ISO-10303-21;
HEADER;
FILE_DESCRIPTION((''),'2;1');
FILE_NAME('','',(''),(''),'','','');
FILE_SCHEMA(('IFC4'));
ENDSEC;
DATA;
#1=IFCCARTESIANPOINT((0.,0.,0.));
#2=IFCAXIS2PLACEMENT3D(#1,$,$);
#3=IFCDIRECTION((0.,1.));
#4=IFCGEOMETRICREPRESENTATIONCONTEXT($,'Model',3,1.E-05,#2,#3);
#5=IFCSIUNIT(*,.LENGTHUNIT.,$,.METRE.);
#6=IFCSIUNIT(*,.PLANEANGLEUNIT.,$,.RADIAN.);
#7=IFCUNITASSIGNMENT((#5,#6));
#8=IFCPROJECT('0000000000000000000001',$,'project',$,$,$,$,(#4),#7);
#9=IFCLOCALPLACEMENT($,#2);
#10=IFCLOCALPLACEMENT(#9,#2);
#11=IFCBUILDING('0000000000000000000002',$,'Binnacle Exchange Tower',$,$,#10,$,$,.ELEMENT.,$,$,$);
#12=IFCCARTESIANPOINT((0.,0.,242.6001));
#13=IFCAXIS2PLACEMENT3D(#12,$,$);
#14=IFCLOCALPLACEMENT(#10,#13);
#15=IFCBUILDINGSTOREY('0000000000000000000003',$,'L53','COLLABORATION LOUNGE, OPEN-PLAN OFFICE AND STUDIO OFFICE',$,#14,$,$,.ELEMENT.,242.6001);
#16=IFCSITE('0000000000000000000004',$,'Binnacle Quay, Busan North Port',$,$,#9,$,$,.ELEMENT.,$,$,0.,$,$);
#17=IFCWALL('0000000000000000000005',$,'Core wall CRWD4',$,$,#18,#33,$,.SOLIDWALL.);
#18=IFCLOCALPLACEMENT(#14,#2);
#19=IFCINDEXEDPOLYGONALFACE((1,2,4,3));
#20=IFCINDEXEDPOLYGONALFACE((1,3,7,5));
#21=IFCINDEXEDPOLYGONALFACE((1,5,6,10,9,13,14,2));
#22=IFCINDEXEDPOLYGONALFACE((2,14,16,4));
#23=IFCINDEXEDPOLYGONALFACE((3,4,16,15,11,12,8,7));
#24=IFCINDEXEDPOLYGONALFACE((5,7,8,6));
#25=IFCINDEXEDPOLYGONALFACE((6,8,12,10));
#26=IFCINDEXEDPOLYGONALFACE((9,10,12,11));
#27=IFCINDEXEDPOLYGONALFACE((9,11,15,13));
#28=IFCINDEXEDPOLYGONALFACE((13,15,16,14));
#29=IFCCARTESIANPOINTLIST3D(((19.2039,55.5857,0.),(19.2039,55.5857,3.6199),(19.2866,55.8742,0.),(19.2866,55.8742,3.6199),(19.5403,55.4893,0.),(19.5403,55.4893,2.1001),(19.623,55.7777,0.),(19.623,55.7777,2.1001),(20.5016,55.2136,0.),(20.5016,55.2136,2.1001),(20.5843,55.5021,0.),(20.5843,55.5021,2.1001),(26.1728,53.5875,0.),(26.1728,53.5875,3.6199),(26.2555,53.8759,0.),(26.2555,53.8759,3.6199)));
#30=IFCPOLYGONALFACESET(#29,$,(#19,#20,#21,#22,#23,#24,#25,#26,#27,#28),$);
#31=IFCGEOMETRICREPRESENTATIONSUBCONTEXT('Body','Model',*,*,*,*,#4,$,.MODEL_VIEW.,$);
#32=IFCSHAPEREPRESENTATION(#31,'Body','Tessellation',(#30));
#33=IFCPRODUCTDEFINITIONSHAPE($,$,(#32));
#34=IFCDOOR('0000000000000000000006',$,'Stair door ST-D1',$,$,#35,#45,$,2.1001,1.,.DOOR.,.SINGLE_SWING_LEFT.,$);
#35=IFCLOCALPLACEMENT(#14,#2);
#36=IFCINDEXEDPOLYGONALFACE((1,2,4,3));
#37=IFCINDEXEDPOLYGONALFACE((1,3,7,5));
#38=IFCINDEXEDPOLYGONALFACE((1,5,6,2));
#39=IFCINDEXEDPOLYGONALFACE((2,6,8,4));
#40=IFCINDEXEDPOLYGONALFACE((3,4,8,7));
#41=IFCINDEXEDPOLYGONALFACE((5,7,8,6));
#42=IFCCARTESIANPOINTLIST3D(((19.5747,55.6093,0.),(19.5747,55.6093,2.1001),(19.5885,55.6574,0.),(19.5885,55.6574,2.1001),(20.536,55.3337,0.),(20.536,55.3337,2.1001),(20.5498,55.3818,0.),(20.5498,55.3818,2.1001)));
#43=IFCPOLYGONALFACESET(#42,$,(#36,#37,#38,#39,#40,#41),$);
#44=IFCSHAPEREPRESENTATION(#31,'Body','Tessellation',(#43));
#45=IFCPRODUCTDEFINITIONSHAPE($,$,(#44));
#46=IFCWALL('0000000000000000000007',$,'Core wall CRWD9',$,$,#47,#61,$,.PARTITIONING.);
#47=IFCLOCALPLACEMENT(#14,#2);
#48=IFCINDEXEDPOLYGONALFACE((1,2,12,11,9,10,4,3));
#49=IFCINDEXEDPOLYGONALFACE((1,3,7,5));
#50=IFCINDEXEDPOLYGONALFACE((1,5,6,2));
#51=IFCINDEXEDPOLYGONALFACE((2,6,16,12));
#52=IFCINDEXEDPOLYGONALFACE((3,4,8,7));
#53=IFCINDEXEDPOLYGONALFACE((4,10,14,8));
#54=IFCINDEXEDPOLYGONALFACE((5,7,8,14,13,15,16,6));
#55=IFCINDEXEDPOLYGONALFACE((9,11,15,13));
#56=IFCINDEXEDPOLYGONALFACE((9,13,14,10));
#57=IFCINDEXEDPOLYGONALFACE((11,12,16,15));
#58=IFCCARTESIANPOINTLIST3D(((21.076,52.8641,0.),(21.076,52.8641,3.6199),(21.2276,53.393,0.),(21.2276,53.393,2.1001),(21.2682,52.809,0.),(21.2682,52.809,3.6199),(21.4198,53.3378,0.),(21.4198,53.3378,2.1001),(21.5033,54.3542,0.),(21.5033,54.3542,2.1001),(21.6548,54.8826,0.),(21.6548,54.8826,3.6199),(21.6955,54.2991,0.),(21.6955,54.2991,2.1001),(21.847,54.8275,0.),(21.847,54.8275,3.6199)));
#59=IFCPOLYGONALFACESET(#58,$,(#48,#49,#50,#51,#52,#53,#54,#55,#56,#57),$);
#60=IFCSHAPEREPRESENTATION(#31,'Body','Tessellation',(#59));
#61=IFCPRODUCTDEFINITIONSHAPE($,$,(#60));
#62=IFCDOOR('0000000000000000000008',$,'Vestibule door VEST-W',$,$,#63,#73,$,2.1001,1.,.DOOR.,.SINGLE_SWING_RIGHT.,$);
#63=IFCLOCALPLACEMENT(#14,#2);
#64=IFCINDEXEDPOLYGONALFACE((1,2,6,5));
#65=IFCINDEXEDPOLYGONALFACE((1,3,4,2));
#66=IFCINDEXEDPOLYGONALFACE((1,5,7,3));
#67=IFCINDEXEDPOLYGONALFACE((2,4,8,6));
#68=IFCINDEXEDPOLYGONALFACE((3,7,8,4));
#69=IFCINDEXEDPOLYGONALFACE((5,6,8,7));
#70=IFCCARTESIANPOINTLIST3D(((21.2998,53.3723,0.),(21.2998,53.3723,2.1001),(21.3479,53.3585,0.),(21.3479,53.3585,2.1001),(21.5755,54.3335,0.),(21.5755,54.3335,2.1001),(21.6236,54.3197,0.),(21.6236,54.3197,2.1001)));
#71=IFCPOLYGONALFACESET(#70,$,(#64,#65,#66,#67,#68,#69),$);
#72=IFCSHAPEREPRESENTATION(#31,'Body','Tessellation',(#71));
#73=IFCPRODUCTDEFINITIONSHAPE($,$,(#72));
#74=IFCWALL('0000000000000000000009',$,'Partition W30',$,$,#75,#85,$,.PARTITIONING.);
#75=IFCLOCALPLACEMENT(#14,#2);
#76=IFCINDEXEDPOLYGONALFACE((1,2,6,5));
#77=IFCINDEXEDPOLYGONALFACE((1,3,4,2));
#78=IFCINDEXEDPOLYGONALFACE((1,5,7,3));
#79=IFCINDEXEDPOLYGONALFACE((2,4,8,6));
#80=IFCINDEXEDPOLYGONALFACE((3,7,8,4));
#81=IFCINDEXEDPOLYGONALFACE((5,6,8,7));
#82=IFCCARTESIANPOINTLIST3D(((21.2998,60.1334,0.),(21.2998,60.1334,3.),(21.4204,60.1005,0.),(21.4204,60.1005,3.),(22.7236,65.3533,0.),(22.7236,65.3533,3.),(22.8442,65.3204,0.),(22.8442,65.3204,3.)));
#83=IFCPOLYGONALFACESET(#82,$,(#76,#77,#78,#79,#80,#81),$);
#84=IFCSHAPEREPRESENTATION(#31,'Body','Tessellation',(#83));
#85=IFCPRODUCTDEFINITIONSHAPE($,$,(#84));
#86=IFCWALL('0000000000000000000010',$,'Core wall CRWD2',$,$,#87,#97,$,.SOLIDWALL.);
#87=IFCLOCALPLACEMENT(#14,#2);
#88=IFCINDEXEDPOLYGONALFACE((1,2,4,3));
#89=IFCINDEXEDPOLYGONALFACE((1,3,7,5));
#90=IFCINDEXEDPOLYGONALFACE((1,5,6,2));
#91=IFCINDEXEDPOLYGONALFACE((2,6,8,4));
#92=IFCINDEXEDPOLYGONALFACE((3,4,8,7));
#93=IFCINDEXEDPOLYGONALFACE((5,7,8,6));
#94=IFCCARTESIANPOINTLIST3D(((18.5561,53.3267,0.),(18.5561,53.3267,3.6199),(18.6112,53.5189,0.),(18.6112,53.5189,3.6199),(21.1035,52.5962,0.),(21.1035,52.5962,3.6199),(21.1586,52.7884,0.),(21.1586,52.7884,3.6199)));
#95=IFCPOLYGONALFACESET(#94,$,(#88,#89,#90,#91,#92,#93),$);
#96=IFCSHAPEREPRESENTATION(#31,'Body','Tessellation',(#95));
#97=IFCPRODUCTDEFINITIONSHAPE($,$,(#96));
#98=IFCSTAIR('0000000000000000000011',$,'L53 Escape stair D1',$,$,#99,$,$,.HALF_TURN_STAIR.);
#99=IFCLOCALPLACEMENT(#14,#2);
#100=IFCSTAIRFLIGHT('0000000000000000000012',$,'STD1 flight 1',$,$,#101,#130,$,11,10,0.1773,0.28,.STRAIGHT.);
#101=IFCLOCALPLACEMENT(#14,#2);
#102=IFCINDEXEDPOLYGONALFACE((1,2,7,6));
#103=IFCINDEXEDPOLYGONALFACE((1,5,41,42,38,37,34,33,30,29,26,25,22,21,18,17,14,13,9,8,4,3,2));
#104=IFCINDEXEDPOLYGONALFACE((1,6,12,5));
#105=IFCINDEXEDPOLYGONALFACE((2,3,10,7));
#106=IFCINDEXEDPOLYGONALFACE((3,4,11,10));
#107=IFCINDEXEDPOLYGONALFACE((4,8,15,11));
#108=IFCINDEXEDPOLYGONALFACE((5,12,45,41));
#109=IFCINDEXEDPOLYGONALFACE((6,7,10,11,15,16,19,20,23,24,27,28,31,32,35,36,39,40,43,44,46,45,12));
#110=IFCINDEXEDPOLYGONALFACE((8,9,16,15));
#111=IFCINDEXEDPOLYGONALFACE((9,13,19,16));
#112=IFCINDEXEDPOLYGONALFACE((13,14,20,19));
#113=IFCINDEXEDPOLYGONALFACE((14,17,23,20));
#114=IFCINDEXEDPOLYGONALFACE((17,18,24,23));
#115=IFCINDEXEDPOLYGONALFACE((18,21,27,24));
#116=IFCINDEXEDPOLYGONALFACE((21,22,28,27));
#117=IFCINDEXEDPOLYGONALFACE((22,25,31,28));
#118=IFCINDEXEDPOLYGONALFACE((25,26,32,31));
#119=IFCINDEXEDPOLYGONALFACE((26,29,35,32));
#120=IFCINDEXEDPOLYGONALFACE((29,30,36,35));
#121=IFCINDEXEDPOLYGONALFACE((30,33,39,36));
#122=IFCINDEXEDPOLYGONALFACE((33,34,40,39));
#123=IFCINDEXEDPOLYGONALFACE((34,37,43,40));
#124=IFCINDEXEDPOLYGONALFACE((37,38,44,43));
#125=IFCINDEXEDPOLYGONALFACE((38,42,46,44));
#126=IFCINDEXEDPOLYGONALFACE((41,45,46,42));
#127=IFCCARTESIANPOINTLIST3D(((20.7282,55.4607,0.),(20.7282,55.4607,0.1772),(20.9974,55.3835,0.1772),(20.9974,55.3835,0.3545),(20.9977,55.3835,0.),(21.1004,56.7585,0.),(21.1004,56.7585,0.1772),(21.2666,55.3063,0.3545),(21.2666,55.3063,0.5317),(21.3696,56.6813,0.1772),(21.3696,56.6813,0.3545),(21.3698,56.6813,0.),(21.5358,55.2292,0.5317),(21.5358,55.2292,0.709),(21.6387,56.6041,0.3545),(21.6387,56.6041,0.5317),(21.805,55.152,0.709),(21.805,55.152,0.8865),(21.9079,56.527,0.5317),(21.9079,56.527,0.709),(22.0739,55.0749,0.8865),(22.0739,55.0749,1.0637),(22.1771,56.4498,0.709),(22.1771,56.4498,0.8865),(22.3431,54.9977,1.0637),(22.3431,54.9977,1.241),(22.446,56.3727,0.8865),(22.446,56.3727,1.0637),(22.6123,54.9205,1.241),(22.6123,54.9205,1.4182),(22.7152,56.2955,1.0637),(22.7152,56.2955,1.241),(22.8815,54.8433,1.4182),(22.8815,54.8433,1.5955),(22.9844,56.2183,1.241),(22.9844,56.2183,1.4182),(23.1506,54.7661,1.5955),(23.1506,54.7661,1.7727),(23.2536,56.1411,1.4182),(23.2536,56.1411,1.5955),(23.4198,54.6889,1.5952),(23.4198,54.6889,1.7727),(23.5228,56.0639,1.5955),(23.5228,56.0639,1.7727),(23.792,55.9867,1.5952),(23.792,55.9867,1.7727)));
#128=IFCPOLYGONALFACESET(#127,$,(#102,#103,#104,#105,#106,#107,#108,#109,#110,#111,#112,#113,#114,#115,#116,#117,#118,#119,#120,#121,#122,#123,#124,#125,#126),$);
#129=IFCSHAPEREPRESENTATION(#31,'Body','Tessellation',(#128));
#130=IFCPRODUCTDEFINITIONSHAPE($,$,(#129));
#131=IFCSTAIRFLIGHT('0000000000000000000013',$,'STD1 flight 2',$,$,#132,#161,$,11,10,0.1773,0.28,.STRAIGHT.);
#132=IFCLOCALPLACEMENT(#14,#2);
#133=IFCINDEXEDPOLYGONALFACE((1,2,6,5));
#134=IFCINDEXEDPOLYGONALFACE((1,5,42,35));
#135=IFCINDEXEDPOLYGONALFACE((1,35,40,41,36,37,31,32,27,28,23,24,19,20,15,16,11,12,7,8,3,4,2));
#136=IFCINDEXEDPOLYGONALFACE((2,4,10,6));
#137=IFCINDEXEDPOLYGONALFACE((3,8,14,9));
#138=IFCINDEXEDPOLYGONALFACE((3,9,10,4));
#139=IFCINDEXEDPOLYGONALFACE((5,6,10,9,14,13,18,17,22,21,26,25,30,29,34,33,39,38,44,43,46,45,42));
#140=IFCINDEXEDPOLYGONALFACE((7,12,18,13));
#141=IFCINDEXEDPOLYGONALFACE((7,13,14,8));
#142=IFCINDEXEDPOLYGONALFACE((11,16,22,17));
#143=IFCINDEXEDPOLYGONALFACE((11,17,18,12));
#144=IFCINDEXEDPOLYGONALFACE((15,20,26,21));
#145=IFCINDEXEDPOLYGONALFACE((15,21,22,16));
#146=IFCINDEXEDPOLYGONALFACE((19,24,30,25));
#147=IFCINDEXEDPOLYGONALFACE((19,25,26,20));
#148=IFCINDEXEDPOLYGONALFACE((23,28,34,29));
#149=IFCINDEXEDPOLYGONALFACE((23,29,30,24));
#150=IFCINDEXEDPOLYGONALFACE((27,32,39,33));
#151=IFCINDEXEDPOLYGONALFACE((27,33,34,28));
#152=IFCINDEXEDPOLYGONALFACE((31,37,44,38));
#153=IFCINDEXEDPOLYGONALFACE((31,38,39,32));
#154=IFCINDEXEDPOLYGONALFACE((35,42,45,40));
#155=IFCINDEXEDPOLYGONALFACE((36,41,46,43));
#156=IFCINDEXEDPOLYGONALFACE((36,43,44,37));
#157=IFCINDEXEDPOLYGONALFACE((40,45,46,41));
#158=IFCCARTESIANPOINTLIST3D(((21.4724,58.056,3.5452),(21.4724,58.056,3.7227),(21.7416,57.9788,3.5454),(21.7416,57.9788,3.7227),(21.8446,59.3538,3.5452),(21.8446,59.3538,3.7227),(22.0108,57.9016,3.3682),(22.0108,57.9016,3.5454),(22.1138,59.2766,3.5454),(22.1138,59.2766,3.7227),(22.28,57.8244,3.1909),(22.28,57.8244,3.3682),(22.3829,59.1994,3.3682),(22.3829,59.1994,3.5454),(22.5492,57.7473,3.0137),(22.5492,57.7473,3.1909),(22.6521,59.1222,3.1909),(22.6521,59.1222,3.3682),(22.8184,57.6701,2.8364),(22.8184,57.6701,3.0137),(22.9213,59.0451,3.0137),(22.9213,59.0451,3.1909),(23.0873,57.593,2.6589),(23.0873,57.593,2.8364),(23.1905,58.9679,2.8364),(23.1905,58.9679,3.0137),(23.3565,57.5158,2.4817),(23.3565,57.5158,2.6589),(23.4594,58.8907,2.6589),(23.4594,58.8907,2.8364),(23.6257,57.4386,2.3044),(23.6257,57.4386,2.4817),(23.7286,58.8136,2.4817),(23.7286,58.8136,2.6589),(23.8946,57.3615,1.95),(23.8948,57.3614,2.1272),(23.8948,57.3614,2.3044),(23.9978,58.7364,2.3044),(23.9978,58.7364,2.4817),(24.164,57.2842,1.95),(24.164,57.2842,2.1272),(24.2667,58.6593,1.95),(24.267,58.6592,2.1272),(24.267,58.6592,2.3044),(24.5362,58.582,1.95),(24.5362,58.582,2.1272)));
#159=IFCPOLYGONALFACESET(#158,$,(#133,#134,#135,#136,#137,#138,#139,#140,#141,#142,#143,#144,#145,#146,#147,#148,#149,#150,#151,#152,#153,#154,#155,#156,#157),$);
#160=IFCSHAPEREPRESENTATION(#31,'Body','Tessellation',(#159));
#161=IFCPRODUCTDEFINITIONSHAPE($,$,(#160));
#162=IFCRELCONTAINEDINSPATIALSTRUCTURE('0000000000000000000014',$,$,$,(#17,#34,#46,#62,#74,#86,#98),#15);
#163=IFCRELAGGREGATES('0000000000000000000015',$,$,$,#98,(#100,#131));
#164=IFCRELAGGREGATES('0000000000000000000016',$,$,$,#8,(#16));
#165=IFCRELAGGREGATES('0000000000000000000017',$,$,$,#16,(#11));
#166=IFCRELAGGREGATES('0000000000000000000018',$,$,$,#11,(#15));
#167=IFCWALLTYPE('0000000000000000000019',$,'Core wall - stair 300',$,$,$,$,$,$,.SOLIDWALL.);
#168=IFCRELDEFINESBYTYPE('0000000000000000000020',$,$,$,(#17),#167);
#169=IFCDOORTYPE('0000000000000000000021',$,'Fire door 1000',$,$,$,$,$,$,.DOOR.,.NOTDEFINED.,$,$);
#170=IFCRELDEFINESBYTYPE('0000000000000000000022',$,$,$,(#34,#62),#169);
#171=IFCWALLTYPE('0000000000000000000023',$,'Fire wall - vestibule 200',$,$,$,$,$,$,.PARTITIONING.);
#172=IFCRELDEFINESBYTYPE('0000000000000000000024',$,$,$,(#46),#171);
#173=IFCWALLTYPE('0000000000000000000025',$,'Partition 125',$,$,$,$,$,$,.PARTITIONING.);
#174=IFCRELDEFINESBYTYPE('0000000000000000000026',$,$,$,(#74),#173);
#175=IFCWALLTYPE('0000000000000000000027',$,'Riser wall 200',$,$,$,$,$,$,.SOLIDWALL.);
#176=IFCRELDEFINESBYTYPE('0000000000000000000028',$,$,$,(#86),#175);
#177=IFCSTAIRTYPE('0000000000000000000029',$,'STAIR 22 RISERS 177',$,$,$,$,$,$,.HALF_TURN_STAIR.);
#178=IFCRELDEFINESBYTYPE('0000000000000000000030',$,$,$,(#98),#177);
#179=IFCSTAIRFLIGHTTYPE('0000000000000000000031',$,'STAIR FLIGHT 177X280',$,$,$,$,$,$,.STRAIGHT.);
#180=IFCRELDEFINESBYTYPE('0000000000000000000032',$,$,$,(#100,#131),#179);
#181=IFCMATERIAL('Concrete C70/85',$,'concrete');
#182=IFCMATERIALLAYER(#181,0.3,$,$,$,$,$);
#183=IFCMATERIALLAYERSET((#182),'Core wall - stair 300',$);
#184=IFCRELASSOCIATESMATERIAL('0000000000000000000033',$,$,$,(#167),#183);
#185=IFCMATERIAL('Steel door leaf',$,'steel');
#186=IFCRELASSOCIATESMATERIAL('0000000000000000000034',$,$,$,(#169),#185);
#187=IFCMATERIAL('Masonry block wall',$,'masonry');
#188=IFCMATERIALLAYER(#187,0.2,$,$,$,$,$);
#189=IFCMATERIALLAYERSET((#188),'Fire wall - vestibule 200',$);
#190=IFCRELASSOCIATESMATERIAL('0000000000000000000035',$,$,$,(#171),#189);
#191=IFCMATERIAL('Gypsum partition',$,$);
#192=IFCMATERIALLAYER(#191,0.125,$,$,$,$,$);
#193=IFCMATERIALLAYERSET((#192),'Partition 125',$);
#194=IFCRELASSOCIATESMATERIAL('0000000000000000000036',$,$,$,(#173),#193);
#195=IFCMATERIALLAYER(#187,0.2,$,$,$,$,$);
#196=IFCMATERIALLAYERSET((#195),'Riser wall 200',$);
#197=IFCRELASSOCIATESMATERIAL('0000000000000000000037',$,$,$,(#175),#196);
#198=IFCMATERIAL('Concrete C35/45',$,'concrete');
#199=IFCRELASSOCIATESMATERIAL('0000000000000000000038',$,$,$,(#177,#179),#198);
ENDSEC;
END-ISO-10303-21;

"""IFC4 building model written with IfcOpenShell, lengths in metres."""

from ifc_helpers import new_model, si_unit, direction, frame, frame_2d, origin, place, context, subcontext, project, spatial, polyline, rectangle, outline, extrude, material, layer, layer_set, type_object, element, fill, aggregate, save


model = new_model("IFC4")

# Units and contexts
model_context = context("Model", 3, precision=1e-05, world=origin(), true_north=direction((0.0, 1.0)))
body_context = subcontext(model_context, "Body", "Model", "MODEL_VIEW")
ifc_project = project(units=[si_unit("LENGTHUNIT", "METRE"), si_unit("PLANEANGLEUNIT", "RADIAN")], contexts=[model_context])

# Site, building, storey
site_placement = place(None, origin())
site = spatial("IfcSite", under=ifc_project, at=site_placement, Name="Binnacle Quay, Busan North Port", CompositionType="ELEMENT", RefElevation=0.0)
building_placement = place(site_placement, origin())
building = spatial("IfcBuilding", under=site, at=building_placement, Name="Binnacle Exchange Tower", CompositionType="ELEMENT")
storey_placement = place(building_placement, frame((0.0, 0.0, 242.6001)))
storey = spatial("IfcBuildingStorey", under=building, at=storey_placement, Name="L53", Description="COLLABORATION LOUNGE, OPEN-PLAN OFFICE AND STUDIO OFFICE", CompositionType="ELEMENT", Elevation=242.6001)

# Shared definitions
ifc_material_1 = material(Name="Concrete C70/85", Category="concrete")
ifc_material_2 = material(Name="Steel door leaf", Category="steel")

# Walls, openings, doors
ifc_layer_1 = layer(ifc_material_1, 0.3)
ifc_layer_set_1 = layer_set([ifc_layer_1], Name="Core wall - stair 300")
wall_type_1 = type_object("IfcWallType", Name="Core wall - stair 300", PredefinedType="SOLIDWALL", material=ifc_layer_set_1)
wall_1_placement = place(storey_placement, frame((19.2451, 55.73, 0.0), z_axis=(0.0, 0.0, 1.0), x_axis=(0.961263, -0.275633, 0.0)))
wall_1 = element("IfcWall", 1, at=wall_1_placement, inside=storey, type_object=wall_type_1, Name="Core wall CRWD4", PredefinedType="SOLIDWALL", context=body_context, shape_type="SweptSolid", body=[
    extrude(rectangle(XDim=7.2498, YDim=0.3, at=frame_2d((3.625, 0.0))), origin(), (0.0, 0.0, 1.0), 3.6199),
])
opening_1_placement = place(wall_1_placement, frame((0.3501, 0.0, 0.0)))
opening_1 = element("IfcOpeningElement", 2, at=opening_1_placement, cuts=wall_1, PredefinedType="OPENING", context=body_context, shape_type="SweptSolid", body=[
    extrude(rectangle(XDim=1.0, YDim=2.1001, at=frame_2d((0.5, 1.05))), frame((0.0, 0.1599, 0.0), z_axis=(0.0, -1.0, 0.0), x_axis=(1.0, 0.0, 0.0)), (0.0, 0.0, 1.0), 0.3201),
])
door_type_1 = type_object("IfcDoorType", Name="Fire door 1000", OperationType="NOTDEFINED", PredefinedType="DOOR", material=ifc_material_2)
door_1_placement = place(opening_1_placement, origin())
door_1 = element("IfcDoor", 3, at=door_1_placement, inside=storey, type_object=door_type_1, Name="Stair door ST-D1", OperationType="SINGLE_SWING_LEFT", OverallHeight=2.1001, OverallWidth=1.0, PredefinedType="DOOR", context=body_context, shape_type="SweptSolid", body=[
    extrude(rectangle(XDim=1.0, YDim=2.1001, at=frame_2d((0.5, 1.05))), frame((0.0, 0.0249, 0.0), z_axis=(0.0, -1.0, 0.0), x_axis=(1.0, 0.0, 0.0)), (0.0, 0.0, 1.0), 0.05),
])
fill(opening_1, door_1)
ifc_material_3 = material(Name="Masonry block wall", Category="masonry")
ifc_layer_2 = layer(ifc_material_3, 0.2)
ifc_layer_set_2 = layer_set([ifc_layer_2], Name="Fire wall - vestibule 200")
wall_type_2 = type_object("IfcWallType", Name="Fire wall - vestibule 200", PredefinedType="PARTITIONING", material=ifc_layer_set_2)
wall_2_placement = place(storey_placement, frame((21.1721, 52.8367, 0.0), z_axis=(0.0, 0.0, 1.0), x_axis=(0.275658, 0.961256, 0.0)))
wall_2 = element("IfcWall", 4, at=wall_2_placement, inside=storey, type_object=wall_type_2, Name="Core wall CRWD9", PredefinedType="PARTITIONING", context=body_context, shape_type="SweptSolid", body=[
    extrude(rectangle(XDim=2.0999, YDim=0.2, at=frame_2d((1.0498, 0.0))), origin(), (0.0, 0.0, 1.0), 3.6199),
])
opening_2_placement = place(wall_2_placement, frame((0.55, 0.0, 0.0)))
opening_2 = element("IfcOpeningElement", 5, at=opening_2_placement, cuts=wall_2, PredefinedType="OPENING", context=body_context, shape_type="SweptSolid", body=[
    extrude(rectangle(XDim=1.0, YDim=2.1001, at=frame_2d((0.5, 1.05))), frame((0.0, 0.1099, 0.0), z_axis=(0.0, -1.0, 0.0), x_axis=(1.0, 0.0, 0.0)), (0.0, 0.0, 1.0), 0.22),
])
door_2_placement = place(opening_2_placement, origin())
door_2 = element("IfcDoor", 6, at=door_2_placement, inside=storey, type_object=door_type_1, Name="Vestibule door VEST-W", OperationType="SINGLE_SWING_RIGHT", OverallHeight=2.1001, OverallWidth=1.0, PredefinedType="DOOR", context=body_context, shape_type="SweptSolid", body=[
    extrude(rectangle(XDim=1.0, YDim=2.1001, at=frame_2d((0.5, 1.05))), frame((0.0, 0.0249, 0.0), z_axis=(0.0, -1.0, 0.0), x_axis=(1.0, 0.0, 0.0)), (0.0, 0.0, 1.0), 0.05),
])
fill(opening_2, door_2)

# Walls
ifc_material_4 = material(Name="Gypsum partition")
ifc_layer_3 = layer(ifc_material_4, 0.125)
ifc_layer_set_3 = layer_set([ifc_layer_3], Name="Partition 125")
wall_type_3 = type_object("IfcWallType", Name="Partition 125", PredefinedType="PARTITIONING", material=ifc_layer_set_3)
wall_3_placement = place(storey_placement, frame((21.3601, 60.1169, 0.0), z_axis=(0.0, 0.0, 1.0), x_axis=(0.263152, 0.964754, 0.0)))
element("IfcWall", 7, at=wall_3_placement, inside=storey, type_object=wall_type_3, Name="Partition W30", PredefinedType="PARTITIONING", context=body_context, shape_type="SweptSolid", body=[
    extrude(rectangle(XDim=5.4106, YDim=0.125, at=frame_2d((2.7053, 0.0))), origin(), (0.0, 0.0, 1.0), 3.0),
])
ifc_layer_4 = layer(ifc_material_3, 0.2)
ifc_layer_set_4 = layer_set([ifc_layer_4], Name="Riser wall 200")
wall_type_4 = type_object("IfcWallType", Name="Riser wall 200", PredefinedType="SOLIDWALL", material=ifc_layer_set_4)
wall_4_placement = place(storey_placement, frame((18.5835, 53.4229, 0.0), z_axis=(0.0, 0.0, 1.0), x_axis=(0.961259, -0.275646, 0.0)))
element("IfcWall", 8, at=wall_4_placement, inside=storey, type_object=wall_type_4, Name="Core wall CRWD2", PredefinedType="SOLIDWALL", context=body_context, shape_type="SweptSolid", body=[
    extrude(rectangle(XDim=2.6501, YDim=0.2, at=frame_2d((1.3252, 0.0))), origin(), (0.0, 0.0, 1.0), 3.6199),
])

# Stair, stair flights
ifc_material_5 = material(Name="Concrete C35/45", Category="concrete")
stair_type = type_object("IfcStairType", Name="STAIR 22 RISERS 177", PredefinedType="HALF_TURN_STAIR", material=ifc_material_5)
stair_placement = place(storey_placement, origin())
stair = element("IfcStair", 9, at=stair_placement, inside=storey, type_object=stair_type, Name="L53 Escape stair D1", PredefinedType="HALF_TURN_STAIR")
stair_flight_type = type_object("IfcStairFlightType", Name="STAIR FLIGHT 177X280", PredefinedType="STRAIGHT", material=ifc_material_5)
stair_flight_1_placement = place(storey_placement, frame((20.9143, 56.1096, 0.0), z_axis=(0.0, 0.0, 1.0), x_axis=(0.961262, -0.275637, 0.0)))
stair_flight_1 = element("IfcStairFlight", 10, at=stair_flight_1_placement, type_object=stair_flight_type, Name="STD1 flight 1", NumberOfRisers=11, NumberOfTreads=10, PredefinedType="STRAIGHT", RiserHeight=0.1773, TreadLength=0.28, context=body_context, shape_type="SweptSolid", body=[
    extrude(outline(polyline([(0.0, 0.0), (0.0, 0.1772), (0.28, 0.1772), (0.28, 0.3545), (0.5601, 0.3545), (0.5601, 0.5317), (0.8401, 0.5317), (0.8401, 0.709), (1.1201, 0.709), (1.1201, 0.8865), (1.3999, 0.8865), (1.3999, 1.0637), (1.6799, 1.0637), (1.6799, 1.241), (1.96, 1.241), (1.96, 1.4182), (2.24, 1.4182), (2.24, 1.5955), (2.52, 1.5955), (2.52, 1.7727), (2.8, 1.7727), (2.8, 1.95), (2.8, 1.5952), (0.2803, 0.0), (0.0, 0.0)])), frame((0.0, 0.675, 0.0), z_axis=(0.0, -1.0, 0.0), x_axis=(1.0, 0.0, 0.0)), (0.0, 0.0, 1.0), 1.3501),
])
stair_flight_2_placement = place(storey_placement, frame((24.3501, 57.9331, 1.95), z_axis=(0.0, 0.0, 1.0), x_axis=(-0.961262, 0.275637, 0.0)))
stair_flight_2 = element("IfcStairFlight", 11, at=stair_flight_2_placement, type_object=stair_flight_type, Name="STD1 flight 2", NumberOfRisers=11, NumberOfTreads=10, PredefinedType="STRAIGHT", RiserHeight=0.1773, TreadLength=0.28, context=body_context, shape_type="SweptSolid", body=[
    extrude(outline(polyline([(0.0, 0.0), (0.0, 0.1772), (0.28, 0.1772), (0.28, 0.3545), (0.5601, 0.3545), (0.5601, 0.5317), (0.8401, 0.5317), (0.8401, 0.709), (1.1201, 0.709), (1.1201, 0.8865), (1.3999, 0.8865), (1.3999, 1.0637), (1.6799, 1.0637), (1.6799, 1.241), (1.96, 1.241), (1.96, 1.4182), (2.24, 1.4182), (2.24, 1.5955), (2.52, 1.5955), (2.52, 1.7727), (2.8, 1.7727), (2.8, 1.95), (2.8, 1.5952), (0.2803, 0.0), (0.0, 0.0)])), frame((0.0, 0.675, 0.0), z_axis=(0.0, -1.0, 0.0), x_axis=(1.0, 0.0, 0.0)), (0.0, 0.0, 1.0), 1.3501),
])
aggregate(stair, [stair_flight_1, stair_flight_2])

save(model, "model.ifc")
